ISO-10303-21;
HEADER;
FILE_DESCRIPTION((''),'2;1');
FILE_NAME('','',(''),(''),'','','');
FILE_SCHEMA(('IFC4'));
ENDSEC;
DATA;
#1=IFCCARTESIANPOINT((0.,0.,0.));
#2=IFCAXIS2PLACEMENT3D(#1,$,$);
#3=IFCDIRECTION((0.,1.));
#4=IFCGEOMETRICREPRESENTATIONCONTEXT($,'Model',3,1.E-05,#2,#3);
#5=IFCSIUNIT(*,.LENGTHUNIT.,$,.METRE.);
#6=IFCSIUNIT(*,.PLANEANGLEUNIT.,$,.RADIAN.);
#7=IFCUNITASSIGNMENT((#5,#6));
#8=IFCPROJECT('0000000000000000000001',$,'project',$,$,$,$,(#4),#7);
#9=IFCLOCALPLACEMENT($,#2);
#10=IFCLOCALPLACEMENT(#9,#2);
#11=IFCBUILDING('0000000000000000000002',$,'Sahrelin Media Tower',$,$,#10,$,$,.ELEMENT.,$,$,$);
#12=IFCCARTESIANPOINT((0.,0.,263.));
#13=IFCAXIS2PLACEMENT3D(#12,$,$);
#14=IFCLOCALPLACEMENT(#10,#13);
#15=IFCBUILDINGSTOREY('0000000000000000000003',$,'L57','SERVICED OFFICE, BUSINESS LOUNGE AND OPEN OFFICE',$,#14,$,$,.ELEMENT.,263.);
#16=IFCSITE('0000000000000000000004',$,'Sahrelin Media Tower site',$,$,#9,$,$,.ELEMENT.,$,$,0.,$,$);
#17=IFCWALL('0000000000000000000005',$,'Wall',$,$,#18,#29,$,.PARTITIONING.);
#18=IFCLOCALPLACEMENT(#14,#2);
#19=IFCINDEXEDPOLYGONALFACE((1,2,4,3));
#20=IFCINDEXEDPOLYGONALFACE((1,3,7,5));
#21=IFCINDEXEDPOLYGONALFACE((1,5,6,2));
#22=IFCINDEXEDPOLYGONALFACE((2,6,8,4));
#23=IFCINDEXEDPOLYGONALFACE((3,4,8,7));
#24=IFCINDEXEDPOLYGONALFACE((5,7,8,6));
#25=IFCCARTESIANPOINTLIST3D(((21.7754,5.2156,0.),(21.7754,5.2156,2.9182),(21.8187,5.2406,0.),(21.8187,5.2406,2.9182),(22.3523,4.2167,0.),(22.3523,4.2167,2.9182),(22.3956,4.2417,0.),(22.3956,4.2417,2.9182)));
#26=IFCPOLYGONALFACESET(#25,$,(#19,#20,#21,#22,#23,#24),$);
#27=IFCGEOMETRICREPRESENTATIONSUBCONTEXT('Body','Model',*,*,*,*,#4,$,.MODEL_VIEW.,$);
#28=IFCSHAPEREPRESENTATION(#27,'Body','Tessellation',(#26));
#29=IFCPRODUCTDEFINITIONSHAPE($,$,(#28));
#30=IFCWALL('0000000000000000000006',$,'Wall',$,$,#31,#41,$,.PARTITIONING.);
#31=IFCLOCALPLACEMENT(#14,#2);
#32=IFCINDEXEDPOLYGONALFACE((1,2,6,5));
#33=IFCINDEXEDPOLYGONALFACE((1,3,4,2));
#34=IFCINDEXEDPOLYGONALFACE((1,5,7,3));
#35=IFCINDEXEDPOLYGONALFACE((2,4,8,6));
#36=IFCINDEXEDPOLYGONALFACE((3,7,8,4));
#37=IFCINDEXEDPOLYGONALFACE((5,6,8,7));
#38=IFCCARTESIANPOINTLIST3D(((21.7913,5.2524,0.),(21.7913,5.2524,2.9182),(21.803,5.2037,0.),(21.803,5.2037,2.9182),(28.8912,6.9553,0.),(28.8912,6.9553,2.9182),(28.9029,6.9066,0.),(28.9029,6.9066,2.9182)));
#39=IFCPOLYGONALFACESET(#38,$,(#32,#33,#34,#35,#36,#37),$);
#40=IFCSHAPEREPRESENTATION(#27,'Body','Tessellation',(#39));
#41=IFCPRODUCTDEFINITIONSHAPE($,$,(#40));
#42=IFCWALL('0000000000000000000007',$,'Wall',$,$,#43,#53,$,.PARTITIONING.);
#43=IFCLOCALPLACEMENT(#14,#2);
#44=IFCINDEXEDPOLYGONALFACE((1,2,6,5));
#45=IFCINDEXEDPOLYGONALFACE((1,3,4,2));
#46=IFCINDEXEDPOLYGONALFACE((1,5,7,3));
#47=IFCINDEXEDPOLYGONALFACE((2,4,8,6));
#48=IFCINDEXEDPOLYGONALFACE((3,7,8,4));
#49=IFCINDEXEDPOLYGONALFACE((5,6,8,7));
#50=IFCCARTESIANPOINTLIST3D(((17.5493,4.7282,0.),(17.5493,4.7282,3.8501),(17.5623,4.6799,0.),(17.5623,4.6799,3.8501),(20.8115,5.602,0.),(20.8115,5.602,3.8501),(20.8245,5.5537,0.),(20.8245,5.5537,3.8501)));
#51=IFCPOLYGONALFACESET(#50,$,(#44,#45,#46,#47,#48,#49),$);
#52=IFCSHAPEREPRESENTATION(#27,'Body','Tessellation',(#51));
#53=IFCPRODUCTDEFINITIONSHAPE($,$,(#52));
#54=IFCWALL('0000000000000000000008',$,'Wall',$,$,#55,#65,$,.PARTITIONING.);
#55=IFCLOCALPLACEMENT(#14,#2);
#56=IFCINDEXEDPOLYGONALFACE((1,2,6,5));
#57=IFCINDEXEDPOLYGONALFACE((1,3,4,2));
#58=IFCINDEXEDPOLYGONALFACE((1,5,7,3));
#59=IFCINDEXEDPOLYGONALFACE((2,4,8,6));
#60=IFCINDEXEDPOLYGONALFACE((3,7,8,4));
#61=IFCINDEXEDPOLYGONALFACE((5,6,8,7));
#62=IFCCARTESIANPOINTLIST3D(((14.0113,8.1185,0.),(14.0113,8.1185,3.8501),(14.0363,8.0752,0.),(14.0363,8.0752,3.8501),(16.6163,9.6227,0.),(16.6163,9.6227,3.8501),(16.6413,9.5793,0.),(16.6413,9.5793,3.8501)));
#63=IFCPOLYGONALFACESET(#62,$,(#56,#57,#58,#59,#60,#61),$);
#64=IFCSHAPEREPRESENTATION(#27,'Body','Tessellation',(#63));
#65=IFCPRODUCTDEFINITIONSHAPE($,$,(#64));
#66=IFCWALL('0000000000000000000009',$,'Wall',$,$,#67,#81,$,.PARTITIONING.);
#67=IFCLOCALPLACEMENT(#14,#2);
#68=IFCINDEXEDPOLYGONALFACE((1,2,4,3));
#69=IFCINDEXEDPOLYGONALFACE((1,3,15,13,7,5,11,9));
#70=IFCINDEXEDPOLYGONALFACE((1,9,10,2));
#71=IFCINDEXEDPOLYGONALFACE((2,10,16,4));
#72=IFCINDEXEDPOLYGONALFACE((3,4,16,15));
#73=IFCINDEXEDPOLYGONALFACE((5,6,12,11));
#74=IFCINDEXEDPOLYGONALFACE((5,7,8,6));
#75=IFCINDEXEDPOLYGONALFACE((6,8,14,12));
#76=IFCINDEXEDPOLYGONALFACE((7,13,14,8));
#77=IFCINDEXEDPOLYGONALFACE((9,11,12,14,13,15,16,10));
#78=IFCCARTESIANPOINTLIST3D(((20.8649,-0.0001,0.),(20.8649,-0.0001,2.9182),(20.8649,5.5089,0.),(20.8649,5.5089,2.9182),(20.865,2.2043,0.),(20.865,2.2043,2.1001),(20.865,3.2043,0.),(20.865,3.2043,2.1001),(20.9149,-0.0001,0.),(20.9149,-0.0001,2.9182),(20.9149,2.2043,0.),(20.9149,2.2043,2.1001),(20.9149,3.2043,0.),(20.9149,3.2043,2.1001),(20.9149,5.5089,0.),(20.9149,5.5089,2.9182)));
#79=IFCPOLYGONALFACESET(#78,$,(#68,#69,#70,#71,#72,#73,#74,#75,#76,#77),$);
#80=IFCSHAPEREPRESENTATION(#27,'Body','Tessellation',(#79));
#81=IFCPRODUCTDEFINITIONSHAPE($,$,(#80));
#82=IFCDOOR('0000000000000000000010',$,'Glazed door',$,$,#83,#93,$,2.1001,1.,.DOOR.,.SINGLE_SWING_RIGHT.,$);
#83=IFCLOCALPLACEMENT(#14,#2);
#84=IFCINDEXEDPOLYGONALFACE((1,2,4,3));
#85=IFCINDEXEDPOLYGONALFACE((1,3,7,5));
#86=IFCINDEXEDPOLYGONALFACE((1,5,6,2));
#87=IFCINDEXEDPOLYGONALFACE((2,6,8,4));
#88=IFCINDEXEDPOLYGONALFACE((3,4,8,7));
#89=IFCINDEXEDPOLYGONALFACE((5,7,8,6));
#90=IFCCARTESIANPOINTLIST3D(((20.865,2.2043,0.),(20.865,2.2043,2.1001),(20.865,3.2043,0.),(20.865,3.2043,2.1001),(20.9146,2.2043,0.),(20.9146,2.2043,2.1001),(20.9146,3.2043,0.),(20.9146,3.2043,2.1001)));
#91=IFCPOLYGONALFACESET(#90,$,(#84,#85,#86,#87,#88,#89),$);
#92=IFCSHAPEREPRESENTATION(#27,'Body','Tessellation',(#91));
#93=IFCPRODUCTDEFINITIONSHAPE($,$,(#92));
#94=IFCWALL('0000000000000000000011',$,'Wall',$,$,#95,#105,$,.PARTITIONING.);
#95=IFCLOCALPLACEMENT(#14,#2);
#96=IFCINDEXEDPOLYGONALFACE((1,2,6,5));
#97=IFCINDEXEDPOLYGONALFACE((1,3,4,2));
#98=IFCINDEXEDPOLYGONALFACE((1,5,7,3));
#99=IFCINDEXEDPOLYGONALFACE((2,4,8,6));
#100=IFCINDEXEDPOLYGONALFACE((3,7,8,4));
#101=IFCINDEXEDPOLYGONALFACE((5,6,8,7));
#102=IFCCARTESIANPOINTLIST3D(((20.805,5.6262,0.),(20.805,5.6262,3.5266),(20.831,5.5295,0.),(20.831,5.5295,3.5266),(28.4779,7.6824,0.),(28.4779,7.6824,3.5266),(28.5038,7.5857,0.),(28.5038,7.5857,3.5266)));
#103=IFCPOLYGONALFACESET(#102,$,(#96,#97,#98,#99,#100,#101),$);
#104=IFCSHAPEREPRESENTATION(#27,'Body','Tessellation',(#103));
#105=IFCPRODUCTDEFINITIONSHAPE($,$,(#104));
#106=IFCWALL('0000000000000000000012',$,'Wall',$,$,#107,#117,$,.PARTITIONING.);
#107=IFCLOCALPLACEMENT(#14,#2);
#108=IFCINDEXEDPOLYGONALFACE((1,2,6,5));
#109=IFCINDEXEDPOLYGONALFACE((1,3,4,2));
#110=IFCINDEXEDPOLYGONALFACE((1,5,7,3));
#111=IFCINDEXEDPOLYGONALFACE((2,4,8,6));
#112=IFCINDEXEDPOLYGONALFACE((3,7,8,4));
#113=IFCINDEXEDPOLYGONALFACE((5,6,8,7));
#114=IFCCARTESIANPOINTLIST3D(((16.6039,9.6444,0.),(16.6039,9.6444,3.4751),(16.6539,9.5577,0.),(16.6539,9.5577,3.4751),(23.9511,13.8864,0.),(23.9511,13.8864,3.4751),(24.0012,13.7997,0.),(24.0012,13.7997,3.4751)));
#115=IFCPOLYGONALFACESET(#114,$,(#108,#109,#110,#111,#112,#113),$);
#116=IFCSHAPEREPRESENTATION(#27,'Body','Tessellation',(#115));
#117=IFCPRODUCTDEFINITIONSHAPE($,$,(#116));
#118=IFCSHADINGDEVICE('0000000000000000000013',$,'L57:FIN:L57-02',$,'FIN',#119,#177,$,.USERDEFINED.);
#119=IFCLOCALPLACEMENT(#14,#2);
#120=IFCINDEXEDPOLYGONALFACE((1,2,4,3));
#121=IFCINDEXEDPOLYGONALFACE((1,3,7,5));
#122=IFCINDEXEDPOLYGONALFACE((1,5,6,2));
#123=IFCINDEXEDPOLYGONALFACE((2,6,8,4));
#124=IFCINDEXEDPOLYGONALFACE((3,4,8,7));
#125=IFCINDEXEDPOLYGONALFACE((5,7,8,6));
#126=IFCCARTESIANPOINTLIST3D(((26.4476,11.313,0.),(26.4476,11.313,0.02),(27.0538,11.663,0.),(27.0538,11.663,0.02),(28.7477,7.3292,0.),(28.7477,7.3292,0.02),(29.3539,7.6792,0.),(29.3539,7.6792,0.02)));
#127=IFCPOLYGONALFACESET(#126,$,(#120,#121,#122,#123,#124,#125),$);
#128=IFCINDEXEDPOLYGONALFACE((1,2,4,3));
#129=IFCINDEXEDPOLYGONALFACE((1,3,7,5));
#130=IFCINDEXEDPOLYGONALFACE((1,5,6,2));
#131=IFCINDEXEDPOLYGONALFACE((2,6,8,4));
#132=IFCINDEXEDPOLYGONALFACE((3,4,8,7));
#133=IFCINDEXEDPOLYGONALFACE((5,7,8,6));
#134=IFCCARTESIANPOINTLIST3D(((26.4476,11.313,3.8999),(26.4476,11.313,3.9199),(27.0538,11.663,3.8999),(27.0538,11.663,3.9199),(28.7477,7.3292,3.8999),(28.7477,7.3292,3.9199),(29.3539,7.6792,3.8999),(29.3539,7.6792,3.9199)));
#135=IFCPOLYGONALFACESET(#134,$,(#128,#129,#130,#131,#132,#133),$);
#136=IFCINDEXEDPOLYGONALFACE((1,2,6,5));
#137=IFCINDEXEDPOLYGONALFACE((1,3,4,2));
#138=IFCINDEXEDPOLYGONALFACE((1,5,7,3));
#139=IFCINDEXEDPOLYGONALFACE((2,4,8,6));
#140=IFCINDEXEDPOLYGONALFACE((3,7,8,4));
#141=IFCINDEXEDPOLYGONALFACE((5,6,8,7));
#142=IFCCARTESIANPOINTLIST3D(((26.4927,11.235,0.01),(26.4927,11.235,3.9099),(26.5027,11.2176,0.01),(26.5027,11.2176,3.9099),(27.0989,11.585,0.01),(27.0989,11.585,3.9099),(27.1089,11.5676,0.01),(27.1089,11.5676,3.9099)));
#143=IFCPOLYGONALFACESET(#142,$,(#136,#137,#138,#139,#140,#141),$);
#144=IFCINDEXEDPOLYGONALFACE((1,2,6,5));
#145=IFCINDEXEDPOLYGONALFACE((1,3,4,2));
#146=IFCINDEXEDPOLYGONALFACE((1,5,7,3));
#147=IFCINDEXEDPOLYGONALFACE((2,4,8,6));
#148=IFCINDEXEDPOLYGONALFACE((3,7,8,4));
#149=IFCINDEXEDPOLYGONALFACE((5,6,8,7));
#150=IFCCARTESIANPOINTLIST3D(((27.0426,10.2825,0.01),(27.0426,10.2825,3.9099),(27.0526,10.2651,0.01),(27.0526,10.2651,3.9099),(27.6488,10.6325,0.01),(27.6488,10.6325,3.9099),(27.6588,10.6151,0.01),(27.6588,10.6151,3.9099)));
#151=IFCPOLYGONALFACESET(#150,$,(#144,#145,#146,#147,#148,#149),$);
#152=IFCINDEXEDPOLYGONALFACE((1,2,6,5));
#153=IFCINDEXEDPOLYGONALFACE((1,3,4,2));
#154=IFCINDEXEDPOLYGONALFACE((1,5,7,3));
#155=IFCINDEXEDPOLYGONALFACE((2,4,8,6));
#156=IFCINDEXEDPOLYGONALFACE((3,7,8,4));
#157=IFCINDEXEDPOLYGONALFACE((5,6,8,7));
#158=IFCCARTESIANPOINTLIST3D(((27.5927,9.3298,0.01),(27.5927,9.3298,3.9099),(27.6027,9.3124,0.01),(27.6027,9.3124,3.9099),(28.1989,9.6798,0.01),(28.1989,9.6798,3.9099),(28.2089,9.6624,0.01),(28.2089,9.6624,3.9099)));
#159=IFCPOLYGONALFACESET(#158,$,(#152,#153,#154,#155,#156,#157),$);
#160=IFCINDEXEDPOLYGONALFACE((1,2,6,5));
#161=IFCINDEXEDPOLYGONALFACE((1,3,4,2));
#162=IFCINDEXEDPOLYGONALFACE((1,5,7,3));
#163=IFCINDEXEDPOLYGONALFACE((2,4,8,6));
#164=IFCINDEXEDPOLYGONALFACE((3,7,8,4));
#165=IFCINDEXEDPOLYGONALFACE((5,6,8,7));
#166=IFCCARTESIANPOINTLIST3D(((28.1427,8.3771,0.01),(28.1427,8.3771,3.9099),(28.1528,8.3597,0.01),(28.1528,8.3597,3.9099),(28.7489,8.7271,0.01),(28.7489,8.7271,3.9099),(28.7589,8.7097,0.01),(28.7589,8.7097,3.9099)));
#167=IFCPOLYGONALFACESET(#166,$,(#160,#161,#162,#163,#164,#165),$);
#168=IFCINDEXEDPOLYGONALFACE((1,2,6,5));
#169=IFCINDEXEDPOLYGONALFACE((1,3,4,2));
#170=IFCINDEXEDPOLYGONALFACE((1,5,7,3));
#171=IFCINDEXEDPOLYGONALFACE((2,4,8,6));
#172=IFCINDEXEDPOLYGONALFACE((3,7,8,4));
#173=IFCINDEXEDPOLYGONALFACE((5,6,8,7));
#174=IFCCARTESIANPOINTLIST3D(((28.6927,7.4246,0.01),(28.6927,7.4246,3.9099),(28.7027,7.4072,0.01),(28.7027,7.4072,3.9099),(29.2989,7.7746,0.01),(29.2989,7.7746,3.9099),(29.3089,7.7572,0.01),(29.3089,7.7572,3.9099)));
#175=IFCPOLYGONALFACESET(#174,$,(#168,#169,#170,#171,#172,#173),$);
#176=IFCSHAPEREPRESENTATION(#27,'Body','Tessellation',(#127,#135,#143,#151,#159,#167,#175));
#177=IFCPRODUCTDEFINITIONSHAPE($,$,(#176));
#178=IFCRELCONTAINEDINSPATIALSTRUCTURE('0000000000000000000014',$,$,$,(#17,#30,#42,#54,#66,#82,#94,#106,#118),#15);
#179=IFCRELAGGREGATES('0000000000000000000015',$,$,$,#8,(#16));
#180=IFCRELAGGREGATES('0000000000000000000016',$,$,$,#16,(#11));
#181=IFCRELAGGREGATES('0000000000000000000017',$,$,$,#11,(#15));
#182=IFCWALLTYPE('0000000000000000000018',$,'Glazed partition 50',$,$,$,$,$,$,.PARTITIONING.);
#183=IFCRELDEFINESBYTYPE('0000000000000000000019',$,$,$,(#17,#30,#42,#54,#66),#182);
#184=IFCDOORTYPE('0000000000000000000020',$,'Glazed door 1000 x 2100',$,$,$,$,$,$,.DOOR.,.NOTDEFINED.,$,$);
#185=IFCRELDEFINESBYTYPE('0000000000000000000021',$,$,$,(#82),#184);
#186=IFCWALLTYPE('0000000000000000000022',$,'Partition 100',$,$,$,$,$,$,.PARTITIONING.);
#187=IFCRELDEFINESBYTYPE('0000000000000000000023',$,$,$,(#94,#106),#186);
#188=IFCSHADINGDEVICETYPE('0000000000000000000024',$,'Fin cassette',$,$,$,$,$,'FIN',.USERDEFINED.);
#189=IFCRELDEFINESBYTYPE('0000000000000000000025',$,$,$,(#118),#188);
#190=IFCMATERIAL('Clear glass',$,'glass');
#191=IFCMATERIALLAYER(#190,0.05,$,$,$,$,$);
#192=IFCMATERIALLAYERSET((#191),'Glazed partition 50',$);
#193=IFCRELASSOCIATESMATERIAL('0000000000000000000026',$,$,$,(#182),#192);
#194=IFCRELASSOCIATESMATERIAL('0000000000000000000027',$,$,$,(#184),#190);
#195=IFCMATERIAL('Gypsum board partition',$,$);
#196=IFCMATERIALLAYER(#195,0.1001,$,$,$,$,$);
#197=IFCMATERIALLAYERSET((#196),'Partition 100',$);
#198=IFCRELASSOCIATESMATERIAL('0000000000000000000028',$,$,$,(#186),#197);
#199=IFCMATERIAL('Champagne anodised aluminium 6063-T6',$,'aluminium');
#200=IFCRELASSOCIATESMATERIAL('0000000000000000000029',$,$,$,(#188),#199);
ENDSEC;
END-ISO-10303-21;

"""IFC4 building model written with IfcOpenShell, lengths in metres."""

from ifc_helpers import new_model, si_unit, direction, frame, frame_2d, origin, origin_2d, place, context, subcontext, project, spatial, rectangle, extrude, material, layer, layer_set, type_object, element, fill, save


model = new_model("IFC4")

# Units and contexts
model_context = context("Model", 3, precision=1e-05, world=origin(), true_north=direction((0.0, 1.0)))
body_context = subcontext(model_context, "Body", "Model", "MODEL_VIEW")
ifc_project = project(units=[si_unit("LENGTHUNIT", "METRE"), si_unit("PLANEANGLEUNIT", "RADIAN")], contexts=[model_context])

# Site, building, storey
site_placement = place(None, origin())
site = spatial("IfcSite", under=ifc_project, at=site_placement, Name="Sahrelin Media Tower site", CompositionType="ELEMENT", RefElevation=0.0)
building_placement = place(site_placement, origin())
building = spatial("IfcBuilding", under=site, at=building_placement, Name="Sahrelin Media Tower", CompositionType="ELEMENT")
storey_placement = place(building_placement, frame((0.0, 0.0, 263.0)))
storey = spatial("IfcBuildingStorey", under=building, at=storey_placement, Name="L57", Description="SERVICED OFFICE, BUSINESS LOUNGE AND OPEN OFFICE", CompositionType="ELEMENT", Elevation=263.0)

# Shared definitions
ifc_material_1 = material(Name="Champagne anodised aluminium 6063-T6", Category="aluminium")

# Walls
ifc_material_2 = material(Name="Clear glass", Category="glass")
ifc_layer_1 = layer(ifc_material_2, 0.05)
ifc_layer_set_1 = layer_set([ifc_layer_1], Name="Glazed partition 50")
wall_type_1 = type_object("IfcWallType", Name="Glazed partition 50", PredefinedType="PARTITIONING", material=ifc_layer_set_1)
wall_1_placement = place(storey_placement, frame((21.7971, 5.228, 0.0), z_axis=(0.0, 0.0, 1.0), x_axis=(0.500077, -0.865981, 0.0)))
element("IfcWall", 1, at=wall_1_placement, inside=storey, type_object=wall_type_1, Name="Wall", PredefinedType="PARTITIONING", context=body_context, shape_type="SweptSolid", body=[
    extrude(rectangle(XDim=1.1536, YDim=0.05, at=frame_2d((0.5767, 0.0))), origin(), (0.0, 0.0, 1.0), 2.9182),
])
wall_2_placement = place(storey_placement, frame((21.7971, 5.228, 0.0), z_axis=(0.0, 0.0, 1.0), x_axis=(0.972421, 0.233233, 0.0)))
element("IfcWall", 2, at=wall_2_placement, inside=storey, type_object=wall_type_1, Name="Wall", PredefinedType="PARTITIONING", context=body_context, shape_type="SweptSolid", body=[
    extrude(rectangle(XDim=7.3013, YDim=0.05, at=frame_2d((3.6506, 0.0))), origin(), (0.0, 0.0, 1.0), 2.9182),
])
wall_3_placement = place(storey_placement, frame((17.5559, 4.7041, 0.0), z_axis=(0.0, 0.0, 1.0), x_axis=(0.96595, 0.258729, 0.0)))
element("IfcWall", 3, at=wall_3_placement, inside=storey, type_object=wall_type_1, Name="Wall", PredefinedType="PARTITIONING", context=body_context, shape_type="SweptSolid", body=[
    extrude(rectangle(XDim=3.3772, YDim=0.05, at=frame_2d((1.6885, 0.0))), origin(), (0.0, 0.0, 1.0), 3.8501),
])
wall_4_placement = place(storey_placement, frame((14.0239, 8.0969, 0.0), z_axis=(0.0, 0.0, 1.0), x_axis=(0.866002, 0.500041, 0.0)))
element("IfcWall", 4, at=wall_4_placement, inside=storey, type_object=wall_type_1, Name="Wall", PredefinedType="PARTITIONING", context=body_context, shape_type="SweptSolid", body=[
    extrude(rectangle(XDim=3.0081, YDim=0.05, at=frame_2d((1.5039, 0.0))), origin(), (0.0, 0.0, 1.0), 3.8501),
])

# Wall, opening, door
wall_5_placement = place(storey_placement, frame((20.8899, 0.0, 0.0), z_axis=(0.0, 0.0, 1.0), x_axis=(0.0, 1.0, 0.0)))
wall_5 = element("IfcWall", 5, at=wall_5_placement, inside=storey, type_object=wall_type_1, Name="Wall", PredefinedType="PARTITIONING", context=body_context, shape_type="SweptSolid", body=[
    extrude(rectangle(XDim=5.509, YDim=0.05, at=frame_2d((2.7544, 0.0))), origin(), (0.0, 0.0, 1.0), 2.9182),
])
opening_placement = place(wall_5_placement, frame((2.2043, 0.0, 0.0)))
opening = element("IfcOpeningElement", 6, at=opening_placement, cuts=wall_5, PredefinedType="OPENING", context=body_context, shape_type="SweptSolid", body=[
    extrude(rectangle(XDim=1.0, YDim=2.1001, at=frame_2d((0.5, 1.05))), frame((0.0, 0.0249, 0.0), z_axis=(0.0, -1.0, 0.0), x_axis=(1.0, 0.0, 0.0)), (0.0, 0.0, 1.0), 0.05),
])
door_type = type_object("IfcDoorType", Name="Glazed door 1000 x 2100", OperationType="NOTDEFINED", PredefinedType="DOOR", material=ifc_material_2)
door_placement = place(opening_placement, origin())
door = element("IfcDoor", 7, at=door_placement, inside=storey, type_object=door_type, Name="Glazed door", OperationType="SINGLE_SWING_RIGHT", OverallHeight=2.1001, OverallWidth=1.0, PredefinedType="DOOR", context=body_context, shape_type="SweptSolid", body=[
    extrude(rectangle(XDim=1.0, YDim=2.1001, at=frame_2d((0.5, 1.05))), frame((0.0, 0.0249, 0.0), z_axis=(0.0, -1.0, 0.0), x_axis=(1.0, 0.0, 0.0)), (0.0, 0.0, 1.0), 0.0496),
])
fill(opening, door)

# Walls
ifc_material_3 = material(Name="Gypsum board partition")
ifc_layer_2 = layer(ifc_material_3, 0.1001)
ifc_layer_set_2 = layer_set([ifc_layer_2], Name="Partition 100")
wall_type_2 = type_object("IfcWallType", Name="Partition 100", PredefinedType="PARTITIONING", material=ifc_layer_set_2)
wall_6_placement = place(storey_placement, frame((20.8181, 5.5779, 0.0), z_axis=(0.0, 0.0, 1.0), x_axis=(0.965919, 0.258845, 0.0)))
element("IfcWall", 8, at=wall_6_placement, inside=storey, type_object=wall_type_2, Name="Wall", PredefinedType="PARTITIONING", context=body_context, shape_type="SweptSolid", body=[
    extrude(rectangle(XDim=7.9436, YDim=0.1001, at=frame_2d((3.9717, 0.0))), origin(), (0.0, 0.0, 1.0), 3.5266),
])
wall_7_placement = place(storey_placement, frame((16.6289, 9.6011, 0.0), z_axis=(0.0, 0.0, 1.0), x_axis=(0.866023, 0.500005, 0.0)))
element("IfcWall", 9, at=wall_7_placement, inside=storey, type_object=wall_type_2, Name="Wall", PredefinedType="PARTITIONING", context=body_context, shape_type="SweptSolid", body=[
    extrude(rectangle(XDim=8.4839, YDim=0.1001, at=frame_2d((4.2419, 0.0))), origin(), (0.0, 0.0, 1.0), 3.4751),
])

# Shading device
shading_device_type_1 = type_object("IfcShadingDeviceType", Name="Fin cassette", ElementType="FIN", PredefinedType="USERDEFINED", material=ifc_material_1)
placement = place(storey_placement, frame((27.5371, 9.2861, 0.0), z_axis=(0.0, 0.0, 1.0), x_axis=(0.500011, -0.866019, 0.0)))
element("IfcShadingDevice", 10, at=placement, inside=storey, type_object=shading_device_type_1, Name="L57:FIN:L57-02", ObjectType="FIN", PredefinedType="USERDEFINED", context=body_context, shape_type="SweptSolid", body=[
    extrude(rectangle(XDim=4.6001, YDim=0.7, at=origin_2d()), frame((0.0, 0.4199, 0.0)), (0.0, 0.0, 1.0), 0.02),
    extrude(rectangle(XDim=4.6001, YDim=0.7, at=origin_2d()), frame((0.0, 0.4199, 3.8999)), (0.0, 0.0, 1.0), 0.02),
    extrude(rectangle(XDim=0.02, YDim=0.7, at=origin_2d()), frame((-2.2, 0.4199, 0.01), z_axis=(0.0, 0.0, 1.0), x_axis=(1.0, 0.0, 0.0)), (0.0, 0.0, 1.0), 3.8999),
    extrude(rectangle(XDim=0.02, YDim=0.7, at=origin_2d()), frame((-1.1001, 0.4199, 0.01), z_axis=(0.0, 0.0, 1.0), x_axis=(1.0, 0.0, 0.0)), (0.0, 0.0, 1.0), 3.8999),
    extrude(rectangle(XDim=0.02, YDim=0.7, at=origin_2d()), frame((0.0, 0.4199, 0.01), z_axis=(0.0, 0.0, 1.0), x_axis=(1.0, 0.0, 0.0)), (0.0, 0.0, 1.0), 3.8999),
    extrude(rectangle(XDim=0.02, YDim=0.7, at=origin_2d()), frame((1.1001, 0.4199, 0.01), z_axis=(0.0, 0.0, 1.0), x_axis=(1.0, 0.0, 0.0)), (0.0, 0.0, 1.0), 3.8999),
    extrude(rectangle(XDim=0.02, YDim=0.7, at=origin_2d()), frame((2.2, 0.4199, 0.01), z_axis=(0.0, 0.0, 1.0), x_axis=(1.0, 0.0, 0.0)), (0.0, 0.0, 1.0), 3.8999),
])

save(model, "model.ifc")
